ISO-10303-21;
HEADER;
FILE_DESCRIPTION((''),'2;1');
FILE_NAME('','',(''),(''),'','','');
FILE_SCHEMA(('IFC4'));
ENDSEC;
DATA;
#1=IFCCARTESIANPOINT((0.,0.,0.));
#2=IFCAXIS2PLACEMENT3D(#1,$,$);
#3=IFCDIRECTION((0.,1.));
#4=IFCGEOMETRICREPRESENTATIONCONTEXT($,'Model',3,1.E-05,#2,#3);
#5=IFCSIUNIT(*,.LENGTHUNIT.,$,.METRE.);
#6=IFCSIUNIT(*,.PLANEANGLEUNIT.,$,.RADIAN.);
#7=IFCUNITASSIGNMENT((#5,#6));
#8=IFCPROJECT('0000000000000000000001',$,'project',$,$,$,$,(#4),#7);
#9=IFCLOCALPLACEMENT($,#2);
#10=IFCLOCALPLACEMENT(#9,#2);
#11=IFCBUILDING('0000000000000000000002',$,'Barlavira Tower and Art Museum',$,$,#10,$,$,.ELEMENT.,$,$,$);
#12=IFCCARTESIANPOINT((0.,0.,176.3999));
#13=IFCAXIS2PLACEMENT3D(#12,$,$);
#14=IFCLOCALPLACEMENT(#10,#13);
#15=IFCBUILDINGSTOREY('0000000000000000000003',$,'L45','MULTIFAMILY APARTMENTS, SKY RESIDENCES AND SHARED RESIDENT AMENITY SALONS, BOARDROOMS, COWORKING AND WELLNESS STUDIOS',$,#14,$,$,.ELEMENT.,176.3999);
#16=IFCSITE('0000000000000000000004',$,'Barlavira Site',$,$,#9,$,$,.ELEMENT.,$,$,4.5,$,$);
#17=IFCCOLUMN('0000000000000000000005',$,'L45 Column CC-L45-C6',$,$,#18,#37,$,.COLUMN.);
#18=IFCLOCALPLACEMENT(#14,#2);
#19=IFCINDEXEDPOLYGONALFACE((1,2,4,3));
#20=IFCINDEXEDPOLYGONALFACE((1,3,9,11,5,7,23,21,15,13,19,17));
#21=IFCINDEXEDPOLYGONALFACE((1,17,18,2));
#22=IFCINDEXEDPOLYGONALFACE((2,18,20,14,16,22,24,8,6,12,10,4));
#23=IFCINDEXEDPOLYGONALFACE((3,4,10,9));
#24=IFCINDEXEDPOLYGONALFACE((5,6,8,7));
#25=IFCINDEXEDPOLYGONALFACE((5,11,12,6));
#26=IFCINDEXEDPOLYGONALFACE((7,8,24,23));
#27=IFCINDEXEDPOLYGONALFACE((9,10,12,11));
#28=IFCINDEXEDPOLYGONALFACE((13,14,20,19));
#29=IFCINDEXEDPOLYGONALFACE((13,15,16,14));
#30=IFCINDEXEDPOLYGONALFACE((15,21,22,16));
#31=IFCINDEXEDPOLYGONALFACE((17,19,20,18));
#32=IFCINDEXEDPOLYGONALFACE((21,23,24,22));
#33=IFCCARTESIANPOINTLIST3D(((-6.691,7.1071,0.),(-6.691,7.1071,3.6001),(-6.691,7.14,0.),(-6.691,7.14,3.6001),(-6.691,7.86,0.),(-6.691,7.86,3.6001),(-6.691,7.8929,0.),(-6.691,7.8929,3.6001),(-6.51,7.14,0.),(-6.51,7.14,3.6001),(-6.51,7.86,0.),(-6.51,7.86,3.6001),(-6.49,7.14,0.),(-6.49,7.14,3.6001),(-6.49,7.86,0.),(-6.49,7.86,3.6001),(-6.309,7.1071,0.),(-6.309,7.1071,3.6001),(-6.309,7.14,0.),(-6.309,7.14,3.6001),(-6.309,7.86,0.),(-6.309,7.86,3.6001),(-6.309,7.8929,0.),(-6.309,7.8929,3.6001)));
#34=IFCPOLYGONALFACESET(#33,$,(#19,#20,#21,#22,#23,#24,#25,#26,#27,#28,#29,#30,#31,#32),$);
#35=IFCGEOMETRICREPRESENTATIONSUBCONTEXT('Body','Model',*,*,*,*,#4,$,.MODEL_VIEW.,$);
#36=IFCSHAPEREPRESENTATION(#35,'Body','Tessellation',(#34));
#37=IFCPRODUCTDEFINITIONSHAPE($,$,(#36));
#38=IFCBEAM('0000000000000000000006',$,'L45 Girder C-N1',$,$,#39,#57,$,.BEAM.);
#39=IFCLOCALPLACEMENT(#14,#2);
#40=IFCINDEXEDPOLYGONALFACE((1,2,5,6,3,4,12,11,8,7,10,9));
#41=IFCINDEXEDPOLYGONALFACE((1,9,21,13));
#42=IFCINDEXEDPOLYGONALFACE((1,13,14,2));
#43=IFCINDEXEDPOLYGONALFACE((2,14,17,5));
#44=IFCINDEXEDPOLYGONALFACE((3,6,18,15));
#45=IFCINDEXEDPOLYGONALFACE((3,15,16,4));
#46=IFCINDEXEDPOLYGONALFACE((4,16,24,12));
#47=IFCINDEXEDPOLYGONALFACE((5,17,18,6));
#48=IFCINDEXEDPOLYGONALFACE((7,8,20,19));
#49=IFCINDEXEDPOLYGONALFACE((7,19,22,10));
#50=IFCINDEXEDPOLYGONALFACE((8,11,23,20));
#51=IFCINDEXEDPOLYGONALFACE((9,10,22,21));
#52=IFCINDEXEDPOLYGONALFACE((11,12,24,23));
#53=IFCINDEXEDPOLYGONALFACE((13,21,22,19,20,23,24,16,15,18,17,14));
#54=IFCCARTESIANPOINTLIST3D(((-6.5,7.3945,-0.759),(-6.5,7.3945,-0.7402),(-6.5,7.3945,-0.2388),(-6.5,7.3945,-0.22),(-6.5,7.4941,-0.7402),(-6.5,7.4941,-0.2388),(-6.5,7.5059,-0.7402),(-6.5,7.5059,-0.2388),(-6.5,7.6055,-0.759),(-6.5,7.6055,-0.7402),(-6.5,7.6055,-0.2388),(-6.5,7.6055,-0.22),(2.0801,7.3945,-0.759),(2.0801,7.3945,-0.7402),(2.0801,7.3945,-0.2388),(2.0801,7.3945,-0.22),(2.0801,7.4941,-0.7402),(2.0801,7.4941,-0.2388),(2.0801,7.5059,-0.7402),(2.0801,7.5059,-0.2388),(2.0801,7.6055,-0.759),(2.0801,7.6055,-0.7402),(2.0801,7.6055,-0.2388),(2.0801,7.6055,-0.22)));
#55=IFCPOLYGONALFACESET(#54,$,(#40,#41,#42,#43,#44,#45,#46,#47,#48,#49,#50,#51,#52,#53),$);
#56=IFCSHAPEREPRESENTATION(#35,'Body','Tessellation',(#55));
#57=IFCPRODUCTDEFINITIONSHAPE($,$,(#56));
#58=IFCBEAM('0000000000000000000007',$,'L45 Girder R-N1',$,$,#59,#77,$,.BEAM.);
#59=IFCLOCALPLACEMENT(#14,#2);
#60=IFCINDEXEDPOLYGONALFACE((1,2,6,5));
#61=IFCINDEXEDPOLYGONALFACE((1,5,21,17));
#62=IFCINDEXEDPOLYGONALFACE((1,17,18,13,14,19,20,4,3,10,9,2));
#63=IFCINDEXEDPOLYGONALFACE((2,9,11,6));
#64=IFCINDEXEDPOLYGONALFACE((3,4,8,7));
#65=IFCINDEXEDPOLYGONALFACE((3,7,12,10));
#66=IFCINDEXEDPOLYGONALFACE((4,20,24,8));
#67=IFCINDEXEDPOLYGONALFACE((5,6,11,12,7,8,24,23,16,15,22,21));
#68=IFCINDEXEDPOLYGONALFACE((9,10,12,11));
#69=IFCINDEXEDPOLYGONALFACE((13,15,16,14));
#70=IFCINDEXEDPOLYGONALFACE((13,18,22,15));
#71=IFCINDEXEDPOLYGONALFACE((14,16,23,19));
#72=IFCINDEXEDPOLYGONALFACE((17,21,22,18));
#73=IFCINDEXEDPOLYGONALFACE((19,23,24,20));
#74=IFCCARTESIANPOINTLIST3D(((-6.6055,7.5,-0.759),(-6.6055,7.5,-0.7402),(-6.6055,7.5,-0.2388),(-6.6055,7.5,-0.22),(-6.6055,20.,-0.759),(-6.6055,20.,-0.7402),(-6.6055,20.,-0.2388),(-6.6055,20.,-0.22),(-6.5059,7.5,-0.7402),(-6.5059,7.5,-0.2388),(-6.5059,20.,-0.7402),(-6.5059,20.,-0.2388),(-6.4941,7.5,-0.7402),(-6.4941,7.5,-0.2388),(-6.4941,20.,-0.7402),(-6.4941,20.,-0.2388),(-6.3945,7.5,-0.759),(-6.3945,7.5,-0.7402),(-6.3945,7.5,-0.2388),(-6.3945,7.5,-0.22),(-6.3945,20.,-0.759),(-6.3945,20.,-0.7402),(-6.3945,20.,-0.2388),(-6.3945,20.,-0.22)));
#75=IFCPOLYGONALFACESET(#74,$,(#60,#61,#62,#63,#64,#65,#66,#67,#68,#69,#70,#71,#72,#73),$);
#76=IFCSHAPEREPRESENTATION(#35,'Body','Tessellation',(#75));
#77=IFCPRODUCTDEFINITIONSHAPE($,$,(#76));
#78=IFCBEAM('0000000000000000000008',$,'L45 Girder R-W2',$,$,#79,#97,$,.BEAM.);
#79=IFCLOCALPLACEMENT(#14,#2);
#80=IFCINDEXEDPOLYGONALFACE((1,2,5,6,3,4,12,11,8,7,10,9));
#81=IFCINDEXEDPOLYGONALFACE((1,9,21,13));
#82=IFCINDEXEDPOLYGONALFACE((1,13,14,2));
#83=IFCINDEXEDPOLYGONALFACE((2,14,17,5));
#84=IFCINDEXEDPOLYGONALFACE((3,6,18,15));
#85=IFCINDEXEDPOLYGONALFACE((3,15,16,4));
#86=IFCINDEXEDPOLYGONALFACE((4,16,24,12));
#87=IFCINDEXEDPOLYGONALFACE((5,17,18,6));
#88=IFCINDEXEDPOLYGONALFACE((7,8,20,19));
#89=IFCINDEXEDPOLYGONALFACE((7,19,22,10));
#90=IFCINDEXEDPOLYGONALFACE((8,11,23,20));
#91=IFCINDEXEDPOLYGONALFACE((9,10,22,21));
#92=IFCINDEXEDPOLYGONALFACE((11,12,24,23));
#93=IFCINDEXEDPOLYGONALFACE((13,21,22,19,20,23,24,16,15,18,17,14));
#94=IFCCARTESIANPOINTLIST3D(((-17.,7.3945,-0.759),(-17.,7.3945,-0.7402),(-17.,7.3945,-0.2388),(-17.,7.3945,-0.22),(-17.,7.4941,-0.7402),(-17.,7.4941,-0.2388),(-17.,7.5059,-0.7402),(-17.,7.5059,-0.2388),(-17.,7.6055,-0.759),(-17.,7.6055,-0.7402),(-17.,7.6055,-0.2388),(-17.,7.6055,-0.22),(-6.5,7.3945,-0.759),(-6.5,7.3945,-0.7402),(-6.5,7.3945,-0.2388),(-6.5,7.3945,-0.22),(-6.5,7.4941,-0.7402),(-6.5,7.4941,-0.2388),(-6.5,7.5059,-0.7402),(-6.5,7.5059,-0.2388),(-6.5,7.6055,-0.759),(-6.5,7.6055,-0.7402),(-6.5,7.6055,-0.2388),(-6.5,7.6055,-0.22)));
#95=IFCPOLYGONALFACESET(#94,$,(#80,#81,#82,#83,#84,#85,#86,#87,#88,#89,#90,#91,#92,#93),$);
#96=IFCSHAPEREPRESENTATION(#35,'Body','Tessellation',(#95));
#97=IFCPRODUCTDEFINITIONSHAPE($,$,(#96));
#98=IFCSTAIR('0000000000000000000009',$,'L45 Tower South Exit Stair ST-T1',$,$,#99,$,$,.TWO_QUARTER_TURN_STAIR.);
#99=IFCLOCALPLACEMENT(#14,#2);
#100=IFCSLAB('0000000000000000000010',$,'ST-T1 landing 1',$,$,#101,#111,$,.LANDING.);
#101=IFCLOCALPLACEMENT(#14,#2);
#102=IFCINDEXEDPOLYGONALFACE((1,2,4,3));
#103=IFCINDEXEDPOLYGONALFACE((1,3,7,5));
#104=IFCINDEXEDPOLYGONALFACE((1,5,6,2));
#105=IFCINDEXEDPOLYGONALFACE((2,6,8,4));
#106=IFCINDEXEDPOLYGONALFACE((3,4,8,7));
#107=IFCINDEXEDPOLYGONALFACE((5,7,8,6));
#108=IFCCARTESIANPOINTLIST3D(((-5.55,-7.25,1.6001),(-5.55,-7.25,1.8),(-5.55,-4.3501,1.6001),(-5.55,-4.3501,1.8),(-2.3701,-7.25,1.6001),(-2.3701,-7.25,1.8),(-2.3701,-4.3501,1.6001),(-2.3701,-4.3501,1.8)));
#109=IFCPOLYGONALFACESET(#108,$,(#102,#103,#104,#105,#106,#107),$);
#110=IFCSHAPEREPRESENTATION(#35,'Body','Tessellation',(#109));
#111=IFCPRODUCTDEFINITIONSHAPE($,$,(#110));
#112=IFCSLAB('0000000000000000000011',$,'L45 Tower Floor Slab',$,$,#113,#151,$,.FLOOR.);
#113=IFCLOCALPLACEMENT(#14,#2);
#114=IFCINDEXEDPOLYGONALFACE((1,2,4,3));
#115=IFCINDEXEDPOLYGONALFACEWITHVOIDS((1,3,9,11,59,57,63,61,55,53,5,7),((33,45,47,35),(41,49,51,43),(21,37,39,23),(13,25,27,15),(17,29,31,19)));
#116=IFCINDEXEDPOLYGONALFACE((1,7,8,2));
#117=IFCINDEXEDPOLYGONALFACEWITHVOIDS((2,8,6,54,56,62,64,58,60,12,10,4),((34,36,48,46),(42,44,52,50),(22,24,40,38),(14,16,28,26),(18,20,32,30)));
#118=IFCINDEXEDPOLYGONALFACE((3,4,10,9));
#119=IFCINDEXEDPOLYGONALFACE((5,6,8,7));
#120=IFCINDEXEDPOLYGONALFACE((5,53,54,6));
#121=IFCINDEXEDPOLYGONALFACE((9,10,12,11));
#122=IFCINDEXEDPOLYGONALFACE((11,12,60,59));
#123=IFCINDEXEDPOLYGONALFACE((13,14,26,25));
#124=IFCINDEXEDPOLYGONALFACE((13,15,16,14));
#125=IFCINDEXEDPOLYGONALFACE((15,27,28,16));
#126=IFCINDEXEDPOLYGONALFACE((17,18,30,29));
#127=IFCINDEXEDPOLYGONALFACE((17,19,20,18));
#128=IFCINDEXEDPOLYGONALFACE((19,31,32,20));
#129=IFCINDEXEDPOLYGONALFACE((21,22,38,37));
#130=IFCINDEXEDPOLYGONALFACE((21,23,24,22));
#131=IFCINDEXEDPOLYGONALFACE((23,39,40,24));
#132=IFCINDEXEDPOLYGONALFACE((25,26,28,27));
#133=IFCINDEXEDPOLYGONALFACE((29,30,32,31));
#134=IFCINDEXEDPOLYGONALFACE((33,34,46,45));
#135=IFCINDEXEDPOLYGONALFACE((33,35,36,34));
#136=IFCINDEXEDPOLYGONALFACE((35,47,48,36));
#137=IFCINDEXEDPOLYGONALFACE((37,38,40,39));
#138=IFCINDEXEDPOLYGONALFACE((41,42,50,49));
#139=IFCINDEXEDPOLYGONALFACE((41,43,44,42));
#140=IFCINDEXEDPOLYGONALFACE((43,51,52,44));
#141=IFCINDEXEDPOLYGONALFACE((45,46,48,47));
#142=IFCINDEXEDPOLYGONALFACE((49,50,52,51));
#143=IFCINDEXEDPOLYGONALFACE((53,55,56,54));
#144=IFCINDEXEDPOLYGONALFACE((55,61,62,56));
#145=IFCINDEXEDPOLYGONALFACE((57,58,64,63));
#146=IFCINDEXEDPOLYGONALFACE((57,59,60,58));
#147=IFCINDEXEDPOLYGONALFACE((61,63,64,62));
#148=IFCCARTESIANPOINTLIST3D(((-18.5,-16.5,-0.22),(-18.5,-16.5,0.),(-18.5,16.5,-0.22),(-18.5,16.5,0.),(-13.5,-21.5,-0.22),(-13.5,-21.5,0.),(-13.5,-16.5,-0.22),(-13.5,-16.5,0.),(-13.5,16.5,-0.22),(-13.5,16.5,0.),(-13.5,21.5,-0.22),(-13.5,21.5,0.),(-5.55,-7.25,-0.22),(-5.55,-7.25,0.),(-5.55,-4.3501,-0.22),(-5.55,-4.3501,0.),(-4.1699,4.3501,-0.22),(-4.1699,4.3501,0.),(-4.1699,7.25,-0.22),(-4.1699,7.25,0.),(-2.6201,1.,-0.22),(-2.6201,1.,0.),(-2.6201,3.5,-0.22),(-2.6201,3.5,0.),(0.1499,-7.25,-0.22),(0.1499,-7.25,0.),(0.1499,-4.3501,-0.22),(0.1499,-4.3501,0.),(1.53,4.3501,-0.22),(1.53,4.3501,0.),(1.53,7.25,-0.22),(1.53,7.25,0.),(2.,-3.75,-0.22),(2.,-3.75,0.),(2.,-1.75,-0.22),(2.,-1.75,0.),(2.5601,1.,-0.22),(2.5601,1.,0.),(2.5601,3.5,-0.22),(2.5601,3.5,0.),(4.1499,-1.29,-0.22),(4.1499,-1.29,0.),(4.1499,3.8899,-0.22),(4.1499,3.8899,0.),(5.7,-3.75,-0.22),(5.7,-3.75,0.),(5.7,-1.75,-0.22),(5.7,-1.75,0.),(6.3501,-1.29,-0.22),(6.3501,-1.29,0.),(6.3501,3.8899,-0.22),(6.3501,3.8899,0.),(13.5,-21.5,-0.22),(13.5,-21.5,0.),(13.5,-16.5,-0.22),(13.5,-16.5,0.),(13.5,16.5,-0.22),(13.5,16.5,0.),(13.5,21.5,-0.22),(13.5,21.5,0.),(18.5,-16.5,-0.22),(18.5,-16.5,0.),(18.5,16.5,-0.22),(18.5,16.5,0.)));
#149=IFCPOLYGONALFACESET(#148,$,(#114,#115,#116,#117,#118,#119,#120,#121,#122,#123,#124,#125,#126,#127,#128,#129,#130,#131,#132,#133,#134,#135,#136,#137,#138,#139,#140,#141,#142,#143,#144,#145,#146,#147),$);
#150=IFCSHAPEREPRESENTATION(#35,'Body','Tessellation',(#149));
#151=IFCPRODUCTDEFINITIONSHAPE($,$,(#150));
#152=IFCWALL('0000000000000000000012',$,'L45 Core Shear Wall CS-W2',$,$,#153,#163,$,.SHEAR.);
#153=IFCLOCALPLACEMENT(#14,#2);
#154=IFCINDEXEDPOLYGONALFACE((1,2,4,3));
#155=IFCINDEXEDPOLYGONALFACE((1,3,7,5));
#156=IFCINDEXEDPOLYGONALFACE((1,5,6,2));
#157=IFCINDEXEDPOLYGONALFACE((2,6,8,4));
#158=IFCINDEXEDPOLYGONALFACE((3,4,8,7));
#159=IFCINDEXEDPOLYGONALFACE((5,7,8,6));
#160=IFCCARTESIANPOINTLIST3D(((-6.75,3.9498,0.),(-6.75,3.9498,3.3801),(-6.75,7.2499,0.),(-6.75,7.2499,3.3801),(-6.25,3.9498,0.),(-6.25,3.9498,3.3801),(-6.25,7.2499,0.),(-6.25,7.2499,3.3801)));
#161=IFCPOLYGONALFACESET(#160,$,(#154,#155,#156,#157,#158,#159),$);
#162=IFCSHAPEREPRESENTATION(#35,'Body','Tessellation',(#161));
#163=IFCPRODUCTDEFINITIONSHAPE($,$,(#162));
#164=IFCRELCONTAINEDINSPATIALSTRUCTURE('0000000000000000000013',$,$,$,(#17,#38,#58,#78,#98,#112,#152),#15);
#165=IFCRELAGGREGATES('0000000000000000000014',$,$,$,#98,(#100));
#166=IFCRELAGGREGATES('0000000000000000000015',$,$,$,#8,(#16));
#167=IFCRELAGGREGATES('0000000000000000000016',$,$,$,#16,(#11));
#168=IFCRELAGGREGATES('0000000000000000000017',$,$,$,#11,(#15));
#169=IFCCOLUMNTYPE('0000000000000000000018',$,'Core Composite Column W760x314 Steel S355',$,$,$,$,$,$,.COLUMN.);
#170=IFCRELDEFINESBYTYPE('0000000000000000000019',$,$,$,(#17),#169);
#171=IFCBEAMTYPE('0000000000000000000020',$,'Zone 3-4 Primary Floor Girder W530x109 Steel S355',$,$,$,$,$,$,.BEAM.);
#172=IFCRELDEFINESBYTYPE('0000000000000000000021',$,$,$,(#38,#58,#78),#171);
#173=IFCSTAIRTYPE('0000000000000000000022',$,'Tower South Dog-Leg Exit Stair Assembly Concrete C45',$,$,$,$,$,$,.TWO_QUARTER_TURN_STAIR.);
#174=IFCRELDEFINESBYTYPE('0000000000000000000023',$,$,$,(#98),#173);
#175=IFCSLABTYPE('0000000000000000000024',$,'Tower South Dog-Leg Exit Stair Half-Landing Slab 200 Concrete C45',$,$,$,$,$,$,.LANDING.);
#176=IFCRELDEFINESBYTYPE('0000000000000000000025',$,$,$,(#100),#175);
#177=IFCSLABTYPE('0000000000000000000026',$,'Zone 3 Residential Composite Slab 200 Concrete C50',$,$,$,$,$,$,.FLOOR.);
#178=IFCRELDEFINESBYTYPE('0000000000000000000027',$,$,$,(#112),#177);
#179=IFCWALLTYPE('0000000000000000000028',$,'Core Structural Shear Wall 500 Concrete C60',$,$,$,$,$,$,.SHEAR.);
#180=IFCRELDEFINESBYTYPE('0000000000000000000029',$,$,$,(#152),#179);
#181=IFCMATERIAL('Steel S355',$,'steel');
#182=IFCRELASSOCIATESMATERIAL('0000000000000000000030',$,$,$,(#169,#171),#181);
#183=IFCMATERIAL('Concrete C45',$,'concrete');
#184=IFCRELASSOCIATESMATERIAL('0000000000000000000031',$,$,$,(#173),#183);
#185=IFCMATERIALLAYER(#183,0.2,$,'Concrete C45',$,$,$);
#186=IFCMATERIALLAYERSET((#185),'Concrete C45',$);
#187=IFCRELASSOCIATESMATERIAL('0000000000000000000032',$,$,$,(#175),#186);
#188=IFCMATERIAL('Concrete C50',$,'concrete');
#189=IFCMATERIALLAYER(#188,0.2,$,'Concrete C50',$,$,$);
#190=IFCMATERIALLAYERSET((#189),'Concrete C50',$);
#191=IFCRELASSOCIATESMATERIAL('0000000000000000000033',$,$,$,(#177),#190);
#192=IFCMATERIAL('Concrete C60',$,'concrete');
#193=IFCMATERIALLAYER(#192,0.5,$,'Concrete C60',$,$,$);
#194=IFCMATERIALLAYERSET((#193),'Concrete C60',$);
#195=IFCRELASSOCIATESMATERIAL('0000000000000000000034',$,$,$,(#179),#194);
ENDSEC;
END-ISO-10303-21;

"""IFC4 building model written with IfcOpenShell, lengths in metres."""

from ifc_helpers import new_model, si_unit, direction, frame, frame_2d, origin, origin_2d, place, context, subcontext, project, spatial, polyline, rectangle, i_section, outline, extrude, material, layer, layer_set, material_profile, profile_set, type_object, element, aggregate, save


model = new_model("IFC4")

# Units and contexts
model_context = context("Model", 3, precision=1e-05, world=origin(), true_north=direction((0.0, 1.0)))
body_context = subcontext(model_context, "Body", "Model", "MODEL_VIEW")
ifc_project = project(units=[si_unit("LENGTHUNIT", "METRE"), si_unit("PLANEANGLEUNIT", "RADIAN")], contexts=[model_context])

# Site, building, storey
site_placement = place(None, origin())
site = spatial("IfcSite", under=ifc_project, at=site_placement, Name="Barlavira Site", CompositionType="ELEMENT", RefElevation=4.5)
building_placement = place(site_placement, origin())
building = spatial("IfcBuilding", under=site, at=building_placement, Name="Barlavira Tower and Art Museum", CompositionType="ELEMENT")
storey_placement = place(building_placement, frame((0.0, 0.0, 176.3999)))
storey = spatial("IfcBuildingStorey", under=building, at=storey_placement, Name="L45", Description="MULTIFAMILY APARTMENTS, SKY RESIDENCES AND SHARED RESIDENT AMENITY SALONS, BOARDROOMS, COWORKING AND WELLNESS STUDIOS", CompositionType="ELEMENT", Elevation=176.3999)

# Column
ifc_material_1 = material(Name="Steel S355", Category="steel")
ifc_material_profile_1 = material_profile(ifc_material_1, i_section(OverallWidth=0.3821, OverallDepth=0.7859, WebThickness=0.02, FlangeThickness=0.033, at=origin_2d()), Name="W760x314.0")
ifc_profile_set_1 = profile_set([ifc_material_profile_1], Name="Steel S355")
column_type = type_object("IfcColumnType", Name="Core Composite Column W760x314 Steel S355", PredefinedType="COLUMN", material=ifc_profile_set_1)
column_placement = place(storey_placement, frame((-6.5, 7.5, 0.0), z_axis=(0.0, 0.0, 1.0), x_axis=(1.0, 0.0, 0.0)))
element("IfcColumn", 1, at=column_placement, inside=storey, type_object=column_type, Name="L45 Column CC-L45-C6", PredefinedType="COLUMN", context=body_context, shape_type="SweptSolid", body=[
    extrude(i_section(OverallWidth=0.3821, OverallDepth=0.7859, WebThickness=0.02, FlangeThickness=0.033, at=origin_2d()), origin(), (0.0, 0.0, 1.0), 3.6001),
])

# Beams
ifc_material_profile_2 = material_profile(ifc_material_1, i_section(OverallWidth=0.2109, OverallDepth=0.5391, WebThickness=0.0117, FlangeThickness=0.0188, at=origin_2d()), Name="W530x109.0")
ifc_profile_set_2 = profile_set([ifc_material_profile_2], Name="Steel S355")
beam_type = type_object("IfcBeamType", Name="Zone 3-4 Primary Floor Girder W530x109 Steel S355", PredefinedType="BEAM", material=ifc_profile_set_2)
beam_1_placement = place(storey_placement, frame((-6.5, 7.5, -0.4895), z_axis=(1.0, 0.0, 0.0), x_axis=(0.0, 1.0, 0.0)))
element("IfcBeam", 2, at=beam_1_placement, inside=storey, type_object=beam_type, Name="L45 Girder C-N1", PredefinedType="BEAM", context=body_context, shape_type="SweptSolid", body=[
    extrude(i_section(OverallWidth=0.2109, OverallDepth=0.5391, WebThickness=0.0117, FlangeThickness=0.0188, at=origin_2d()), origin(), (0.0, 0.0, 1.0), 8.5801),
])
beam_2_placement = place(storey_placement, frame((-6.5, 7.5, -0.4895), z_axis=(0.0, 1.0, 0.0), x_axis=(-1.0, 0.0, 0.0)))
element("IfcBeam", 3, at=beam_2_placement, inside=storey, type_object=beam_type, Name="L45 Girder R-N1", PredefinedType="BEAM", context=body_context, shape_type="SweptSolid", body=[
    extrude(i_section(OverallWidth=0.2109, OverallDepth=0.5391, WebThickness=0.0117, FlangeThickness=0.0188, at=origin_2d()), origin(), (0.0, 0.0, 1.0), 12.5),
])
beam_3_placement = place(storey_placement, frame((-17.0, 7.5, -0.4895), z_axis=(1.0, 0.0, 0.0), x_axis=(0.0, 1.0, 0.0)))
element("IfcBeam", 4, at=beam_3_placement, inside=storey, type_object=beam_type, Name="L45 Girder R-W2", PredefinedType="BEAM", context=body_context, shape_type="SweptSolid", body=[
    extrude(i_section(OverallWidth=0.2109, OverallDepth=0.5391, WebThickness=0.0117, FlangeThickness=0.0188, at=origin_2d()), origin(), (0.0, 0.0, 1.0), 10.5),
])

# Stair, slab
ifc_material_2 = material(Name="Concrete C45", Category="concrete")
stair_type_1 = type_object("IfcStairType", Name="Tower South Dog-Leg Exit Stair Assembly Concrete C45", PredefinedType="TWO_QUARTER_TURN_STAIR", material=ifc_material_2)
stair_1_placement = place(storey_placement, origin())
stair_1 = element("IfcStair", 5, at=stair_1_placement, inside=storey, type_object=stair_type_1, Name="L45 Tower South Exit Stair ST-T1", PredefinedType="TWO_QUARTER_TURN_STAIR")
ifc_layer_1 = layer(ifc_material_2, 0.2, Name="Concrete C45")
ifc_layer_set_1 = layer_set([ifc_layer_1], Name="Concrete C45")
slab_type_1 = type_object("IfcSlabType", Name="Tower South Dog-Leg Exit Stair Half-Landing Slab 200 Concrete C45", PredefinedType="LANDING", material=ifc_layer_set_1)
slab_1_placement = place(storey_placement, frame((0.0, 0.0, 1.6001)))
slab_1 = element("IfcSlab", 6, at=slab_1_placement, type_object=slab_type_1, Name="ST-T1 landing 1", PredefinedType="LANDING", context=body_context, shape_type="SweptSolid", body=[
    extrude(outline(polyline([(-2.3701, -4.3501), (-5.55, -4.3501), (-5.55, -7.25), (-2.3701, -7.25), (-2.3701, -4.3501)])), origin(), (0.0, 0.0, 1.0), 0.2),
])
aggregate(stair_1, [slab_1])

# Slab
ifc_material_3 = material(Name="Concrete C50", Category="concrete")
ifc_layer_2 = layer(ifc_material_3, 0.2, Name="Concrete C50")
ifc_layer_set_2 = layer_set([ifc_layer_2], Name="Concrete C50")
slab_type_2 = type_object("IfcSlabType", Name="Zone 3 Residential Composite Slab 200 Concrete C50", PredefinedType="FLOOR", material=ifc_layer_set_2)
slab_2_placement = place(storey_placement, frame((0.0, 0.0, -0.22)))
element("IfcSlab", 7, at=slab_2_placement, inside=storey, type_object=slab_type_2, Name="L45 Tower Floor Slab", PredefinedType="FLOOR", context=body_context, shape_type="SweptSolid", body=[
    extrude(outline(polyline([(-13.5, -21.5), (13.5, -21.5), (13.5, -16.5), (18.5, -16.5), (18.5, 16.5), (13.5, 16.5), (13.5, 21.5), (-13.5, 21.5), (-13.5, 16.5), (-18.5, 16.5), (-18.5, -16.5), (-13.5, -16.5), (-13.5, -21.5)]), holes=[polyline([(0.1499, -4.3501), (-5.55, -4.3501), (-5.55, -7.25), (0.1499, -7.25), (0.1499, -4.3501)]), polyline([(-4.1699, 4.3501), (1.53, 4.3501), (1.53, 7.25), (-4.1699, 7.25), (-4.1699, 4.3501)]), polyline([(4.1499, -1.29), (6.3501, -1.29), (6.3501, 3.8899), (4.1499, 3.8899), (4.1499, -1.29)]), polyline([(-2.6201, 1.0), (2.5601, 1.0), (2.5601, 3.5), (-2.6201, 3.5), (-2.6201, 1.0)]), polyline([(2.0, -3.75), (5.7, -3.75), (5.7, -1.75), (2.0, -1.75), (2.0, -3.75)])]), origin(), (0.0, 0.0, 1.0), 0.22),
])

# Shared definitions
ifc_material_4 = material(Name="Concrete C60", Category="concrete")
ifc_layer_3 = layer(ifc_material_4, 0.5, Name="Concrete C60")
ifc_layer_set_3 = layer_set([ifc_layer_3], Name="Concrete C60")
wall_type_1 = type_object("IfcWallType", Name="Core Structural Shear Wall 500 Concrete C60", PredefinedType="SHEAR", material=ifc_layer_set_3)

# Wall
wall_1_placement = place(storey_placement, frame((-6.5, 3.95, 0.0), z_axis=(0.0, 0.0, 1.0), x_axis=(0.0, 1.0, 0.0)))
element("IfcWall", 8, at=wall_1_placement, inside=storey, type_object=wall_type_1, Name="L45 Core Shear Wall CS-W2", PredefinedType="SHEAR", context=body_context, shape_type="SweptSolid", body=[
    extrude(rectangle(XDim=3.3, YDim=0.5, at=frame_2d((1.6499, 0.0))), origin(), (0.0, 0.0, 1.0), 3.3801),
])

save(model, "model.ifc")
